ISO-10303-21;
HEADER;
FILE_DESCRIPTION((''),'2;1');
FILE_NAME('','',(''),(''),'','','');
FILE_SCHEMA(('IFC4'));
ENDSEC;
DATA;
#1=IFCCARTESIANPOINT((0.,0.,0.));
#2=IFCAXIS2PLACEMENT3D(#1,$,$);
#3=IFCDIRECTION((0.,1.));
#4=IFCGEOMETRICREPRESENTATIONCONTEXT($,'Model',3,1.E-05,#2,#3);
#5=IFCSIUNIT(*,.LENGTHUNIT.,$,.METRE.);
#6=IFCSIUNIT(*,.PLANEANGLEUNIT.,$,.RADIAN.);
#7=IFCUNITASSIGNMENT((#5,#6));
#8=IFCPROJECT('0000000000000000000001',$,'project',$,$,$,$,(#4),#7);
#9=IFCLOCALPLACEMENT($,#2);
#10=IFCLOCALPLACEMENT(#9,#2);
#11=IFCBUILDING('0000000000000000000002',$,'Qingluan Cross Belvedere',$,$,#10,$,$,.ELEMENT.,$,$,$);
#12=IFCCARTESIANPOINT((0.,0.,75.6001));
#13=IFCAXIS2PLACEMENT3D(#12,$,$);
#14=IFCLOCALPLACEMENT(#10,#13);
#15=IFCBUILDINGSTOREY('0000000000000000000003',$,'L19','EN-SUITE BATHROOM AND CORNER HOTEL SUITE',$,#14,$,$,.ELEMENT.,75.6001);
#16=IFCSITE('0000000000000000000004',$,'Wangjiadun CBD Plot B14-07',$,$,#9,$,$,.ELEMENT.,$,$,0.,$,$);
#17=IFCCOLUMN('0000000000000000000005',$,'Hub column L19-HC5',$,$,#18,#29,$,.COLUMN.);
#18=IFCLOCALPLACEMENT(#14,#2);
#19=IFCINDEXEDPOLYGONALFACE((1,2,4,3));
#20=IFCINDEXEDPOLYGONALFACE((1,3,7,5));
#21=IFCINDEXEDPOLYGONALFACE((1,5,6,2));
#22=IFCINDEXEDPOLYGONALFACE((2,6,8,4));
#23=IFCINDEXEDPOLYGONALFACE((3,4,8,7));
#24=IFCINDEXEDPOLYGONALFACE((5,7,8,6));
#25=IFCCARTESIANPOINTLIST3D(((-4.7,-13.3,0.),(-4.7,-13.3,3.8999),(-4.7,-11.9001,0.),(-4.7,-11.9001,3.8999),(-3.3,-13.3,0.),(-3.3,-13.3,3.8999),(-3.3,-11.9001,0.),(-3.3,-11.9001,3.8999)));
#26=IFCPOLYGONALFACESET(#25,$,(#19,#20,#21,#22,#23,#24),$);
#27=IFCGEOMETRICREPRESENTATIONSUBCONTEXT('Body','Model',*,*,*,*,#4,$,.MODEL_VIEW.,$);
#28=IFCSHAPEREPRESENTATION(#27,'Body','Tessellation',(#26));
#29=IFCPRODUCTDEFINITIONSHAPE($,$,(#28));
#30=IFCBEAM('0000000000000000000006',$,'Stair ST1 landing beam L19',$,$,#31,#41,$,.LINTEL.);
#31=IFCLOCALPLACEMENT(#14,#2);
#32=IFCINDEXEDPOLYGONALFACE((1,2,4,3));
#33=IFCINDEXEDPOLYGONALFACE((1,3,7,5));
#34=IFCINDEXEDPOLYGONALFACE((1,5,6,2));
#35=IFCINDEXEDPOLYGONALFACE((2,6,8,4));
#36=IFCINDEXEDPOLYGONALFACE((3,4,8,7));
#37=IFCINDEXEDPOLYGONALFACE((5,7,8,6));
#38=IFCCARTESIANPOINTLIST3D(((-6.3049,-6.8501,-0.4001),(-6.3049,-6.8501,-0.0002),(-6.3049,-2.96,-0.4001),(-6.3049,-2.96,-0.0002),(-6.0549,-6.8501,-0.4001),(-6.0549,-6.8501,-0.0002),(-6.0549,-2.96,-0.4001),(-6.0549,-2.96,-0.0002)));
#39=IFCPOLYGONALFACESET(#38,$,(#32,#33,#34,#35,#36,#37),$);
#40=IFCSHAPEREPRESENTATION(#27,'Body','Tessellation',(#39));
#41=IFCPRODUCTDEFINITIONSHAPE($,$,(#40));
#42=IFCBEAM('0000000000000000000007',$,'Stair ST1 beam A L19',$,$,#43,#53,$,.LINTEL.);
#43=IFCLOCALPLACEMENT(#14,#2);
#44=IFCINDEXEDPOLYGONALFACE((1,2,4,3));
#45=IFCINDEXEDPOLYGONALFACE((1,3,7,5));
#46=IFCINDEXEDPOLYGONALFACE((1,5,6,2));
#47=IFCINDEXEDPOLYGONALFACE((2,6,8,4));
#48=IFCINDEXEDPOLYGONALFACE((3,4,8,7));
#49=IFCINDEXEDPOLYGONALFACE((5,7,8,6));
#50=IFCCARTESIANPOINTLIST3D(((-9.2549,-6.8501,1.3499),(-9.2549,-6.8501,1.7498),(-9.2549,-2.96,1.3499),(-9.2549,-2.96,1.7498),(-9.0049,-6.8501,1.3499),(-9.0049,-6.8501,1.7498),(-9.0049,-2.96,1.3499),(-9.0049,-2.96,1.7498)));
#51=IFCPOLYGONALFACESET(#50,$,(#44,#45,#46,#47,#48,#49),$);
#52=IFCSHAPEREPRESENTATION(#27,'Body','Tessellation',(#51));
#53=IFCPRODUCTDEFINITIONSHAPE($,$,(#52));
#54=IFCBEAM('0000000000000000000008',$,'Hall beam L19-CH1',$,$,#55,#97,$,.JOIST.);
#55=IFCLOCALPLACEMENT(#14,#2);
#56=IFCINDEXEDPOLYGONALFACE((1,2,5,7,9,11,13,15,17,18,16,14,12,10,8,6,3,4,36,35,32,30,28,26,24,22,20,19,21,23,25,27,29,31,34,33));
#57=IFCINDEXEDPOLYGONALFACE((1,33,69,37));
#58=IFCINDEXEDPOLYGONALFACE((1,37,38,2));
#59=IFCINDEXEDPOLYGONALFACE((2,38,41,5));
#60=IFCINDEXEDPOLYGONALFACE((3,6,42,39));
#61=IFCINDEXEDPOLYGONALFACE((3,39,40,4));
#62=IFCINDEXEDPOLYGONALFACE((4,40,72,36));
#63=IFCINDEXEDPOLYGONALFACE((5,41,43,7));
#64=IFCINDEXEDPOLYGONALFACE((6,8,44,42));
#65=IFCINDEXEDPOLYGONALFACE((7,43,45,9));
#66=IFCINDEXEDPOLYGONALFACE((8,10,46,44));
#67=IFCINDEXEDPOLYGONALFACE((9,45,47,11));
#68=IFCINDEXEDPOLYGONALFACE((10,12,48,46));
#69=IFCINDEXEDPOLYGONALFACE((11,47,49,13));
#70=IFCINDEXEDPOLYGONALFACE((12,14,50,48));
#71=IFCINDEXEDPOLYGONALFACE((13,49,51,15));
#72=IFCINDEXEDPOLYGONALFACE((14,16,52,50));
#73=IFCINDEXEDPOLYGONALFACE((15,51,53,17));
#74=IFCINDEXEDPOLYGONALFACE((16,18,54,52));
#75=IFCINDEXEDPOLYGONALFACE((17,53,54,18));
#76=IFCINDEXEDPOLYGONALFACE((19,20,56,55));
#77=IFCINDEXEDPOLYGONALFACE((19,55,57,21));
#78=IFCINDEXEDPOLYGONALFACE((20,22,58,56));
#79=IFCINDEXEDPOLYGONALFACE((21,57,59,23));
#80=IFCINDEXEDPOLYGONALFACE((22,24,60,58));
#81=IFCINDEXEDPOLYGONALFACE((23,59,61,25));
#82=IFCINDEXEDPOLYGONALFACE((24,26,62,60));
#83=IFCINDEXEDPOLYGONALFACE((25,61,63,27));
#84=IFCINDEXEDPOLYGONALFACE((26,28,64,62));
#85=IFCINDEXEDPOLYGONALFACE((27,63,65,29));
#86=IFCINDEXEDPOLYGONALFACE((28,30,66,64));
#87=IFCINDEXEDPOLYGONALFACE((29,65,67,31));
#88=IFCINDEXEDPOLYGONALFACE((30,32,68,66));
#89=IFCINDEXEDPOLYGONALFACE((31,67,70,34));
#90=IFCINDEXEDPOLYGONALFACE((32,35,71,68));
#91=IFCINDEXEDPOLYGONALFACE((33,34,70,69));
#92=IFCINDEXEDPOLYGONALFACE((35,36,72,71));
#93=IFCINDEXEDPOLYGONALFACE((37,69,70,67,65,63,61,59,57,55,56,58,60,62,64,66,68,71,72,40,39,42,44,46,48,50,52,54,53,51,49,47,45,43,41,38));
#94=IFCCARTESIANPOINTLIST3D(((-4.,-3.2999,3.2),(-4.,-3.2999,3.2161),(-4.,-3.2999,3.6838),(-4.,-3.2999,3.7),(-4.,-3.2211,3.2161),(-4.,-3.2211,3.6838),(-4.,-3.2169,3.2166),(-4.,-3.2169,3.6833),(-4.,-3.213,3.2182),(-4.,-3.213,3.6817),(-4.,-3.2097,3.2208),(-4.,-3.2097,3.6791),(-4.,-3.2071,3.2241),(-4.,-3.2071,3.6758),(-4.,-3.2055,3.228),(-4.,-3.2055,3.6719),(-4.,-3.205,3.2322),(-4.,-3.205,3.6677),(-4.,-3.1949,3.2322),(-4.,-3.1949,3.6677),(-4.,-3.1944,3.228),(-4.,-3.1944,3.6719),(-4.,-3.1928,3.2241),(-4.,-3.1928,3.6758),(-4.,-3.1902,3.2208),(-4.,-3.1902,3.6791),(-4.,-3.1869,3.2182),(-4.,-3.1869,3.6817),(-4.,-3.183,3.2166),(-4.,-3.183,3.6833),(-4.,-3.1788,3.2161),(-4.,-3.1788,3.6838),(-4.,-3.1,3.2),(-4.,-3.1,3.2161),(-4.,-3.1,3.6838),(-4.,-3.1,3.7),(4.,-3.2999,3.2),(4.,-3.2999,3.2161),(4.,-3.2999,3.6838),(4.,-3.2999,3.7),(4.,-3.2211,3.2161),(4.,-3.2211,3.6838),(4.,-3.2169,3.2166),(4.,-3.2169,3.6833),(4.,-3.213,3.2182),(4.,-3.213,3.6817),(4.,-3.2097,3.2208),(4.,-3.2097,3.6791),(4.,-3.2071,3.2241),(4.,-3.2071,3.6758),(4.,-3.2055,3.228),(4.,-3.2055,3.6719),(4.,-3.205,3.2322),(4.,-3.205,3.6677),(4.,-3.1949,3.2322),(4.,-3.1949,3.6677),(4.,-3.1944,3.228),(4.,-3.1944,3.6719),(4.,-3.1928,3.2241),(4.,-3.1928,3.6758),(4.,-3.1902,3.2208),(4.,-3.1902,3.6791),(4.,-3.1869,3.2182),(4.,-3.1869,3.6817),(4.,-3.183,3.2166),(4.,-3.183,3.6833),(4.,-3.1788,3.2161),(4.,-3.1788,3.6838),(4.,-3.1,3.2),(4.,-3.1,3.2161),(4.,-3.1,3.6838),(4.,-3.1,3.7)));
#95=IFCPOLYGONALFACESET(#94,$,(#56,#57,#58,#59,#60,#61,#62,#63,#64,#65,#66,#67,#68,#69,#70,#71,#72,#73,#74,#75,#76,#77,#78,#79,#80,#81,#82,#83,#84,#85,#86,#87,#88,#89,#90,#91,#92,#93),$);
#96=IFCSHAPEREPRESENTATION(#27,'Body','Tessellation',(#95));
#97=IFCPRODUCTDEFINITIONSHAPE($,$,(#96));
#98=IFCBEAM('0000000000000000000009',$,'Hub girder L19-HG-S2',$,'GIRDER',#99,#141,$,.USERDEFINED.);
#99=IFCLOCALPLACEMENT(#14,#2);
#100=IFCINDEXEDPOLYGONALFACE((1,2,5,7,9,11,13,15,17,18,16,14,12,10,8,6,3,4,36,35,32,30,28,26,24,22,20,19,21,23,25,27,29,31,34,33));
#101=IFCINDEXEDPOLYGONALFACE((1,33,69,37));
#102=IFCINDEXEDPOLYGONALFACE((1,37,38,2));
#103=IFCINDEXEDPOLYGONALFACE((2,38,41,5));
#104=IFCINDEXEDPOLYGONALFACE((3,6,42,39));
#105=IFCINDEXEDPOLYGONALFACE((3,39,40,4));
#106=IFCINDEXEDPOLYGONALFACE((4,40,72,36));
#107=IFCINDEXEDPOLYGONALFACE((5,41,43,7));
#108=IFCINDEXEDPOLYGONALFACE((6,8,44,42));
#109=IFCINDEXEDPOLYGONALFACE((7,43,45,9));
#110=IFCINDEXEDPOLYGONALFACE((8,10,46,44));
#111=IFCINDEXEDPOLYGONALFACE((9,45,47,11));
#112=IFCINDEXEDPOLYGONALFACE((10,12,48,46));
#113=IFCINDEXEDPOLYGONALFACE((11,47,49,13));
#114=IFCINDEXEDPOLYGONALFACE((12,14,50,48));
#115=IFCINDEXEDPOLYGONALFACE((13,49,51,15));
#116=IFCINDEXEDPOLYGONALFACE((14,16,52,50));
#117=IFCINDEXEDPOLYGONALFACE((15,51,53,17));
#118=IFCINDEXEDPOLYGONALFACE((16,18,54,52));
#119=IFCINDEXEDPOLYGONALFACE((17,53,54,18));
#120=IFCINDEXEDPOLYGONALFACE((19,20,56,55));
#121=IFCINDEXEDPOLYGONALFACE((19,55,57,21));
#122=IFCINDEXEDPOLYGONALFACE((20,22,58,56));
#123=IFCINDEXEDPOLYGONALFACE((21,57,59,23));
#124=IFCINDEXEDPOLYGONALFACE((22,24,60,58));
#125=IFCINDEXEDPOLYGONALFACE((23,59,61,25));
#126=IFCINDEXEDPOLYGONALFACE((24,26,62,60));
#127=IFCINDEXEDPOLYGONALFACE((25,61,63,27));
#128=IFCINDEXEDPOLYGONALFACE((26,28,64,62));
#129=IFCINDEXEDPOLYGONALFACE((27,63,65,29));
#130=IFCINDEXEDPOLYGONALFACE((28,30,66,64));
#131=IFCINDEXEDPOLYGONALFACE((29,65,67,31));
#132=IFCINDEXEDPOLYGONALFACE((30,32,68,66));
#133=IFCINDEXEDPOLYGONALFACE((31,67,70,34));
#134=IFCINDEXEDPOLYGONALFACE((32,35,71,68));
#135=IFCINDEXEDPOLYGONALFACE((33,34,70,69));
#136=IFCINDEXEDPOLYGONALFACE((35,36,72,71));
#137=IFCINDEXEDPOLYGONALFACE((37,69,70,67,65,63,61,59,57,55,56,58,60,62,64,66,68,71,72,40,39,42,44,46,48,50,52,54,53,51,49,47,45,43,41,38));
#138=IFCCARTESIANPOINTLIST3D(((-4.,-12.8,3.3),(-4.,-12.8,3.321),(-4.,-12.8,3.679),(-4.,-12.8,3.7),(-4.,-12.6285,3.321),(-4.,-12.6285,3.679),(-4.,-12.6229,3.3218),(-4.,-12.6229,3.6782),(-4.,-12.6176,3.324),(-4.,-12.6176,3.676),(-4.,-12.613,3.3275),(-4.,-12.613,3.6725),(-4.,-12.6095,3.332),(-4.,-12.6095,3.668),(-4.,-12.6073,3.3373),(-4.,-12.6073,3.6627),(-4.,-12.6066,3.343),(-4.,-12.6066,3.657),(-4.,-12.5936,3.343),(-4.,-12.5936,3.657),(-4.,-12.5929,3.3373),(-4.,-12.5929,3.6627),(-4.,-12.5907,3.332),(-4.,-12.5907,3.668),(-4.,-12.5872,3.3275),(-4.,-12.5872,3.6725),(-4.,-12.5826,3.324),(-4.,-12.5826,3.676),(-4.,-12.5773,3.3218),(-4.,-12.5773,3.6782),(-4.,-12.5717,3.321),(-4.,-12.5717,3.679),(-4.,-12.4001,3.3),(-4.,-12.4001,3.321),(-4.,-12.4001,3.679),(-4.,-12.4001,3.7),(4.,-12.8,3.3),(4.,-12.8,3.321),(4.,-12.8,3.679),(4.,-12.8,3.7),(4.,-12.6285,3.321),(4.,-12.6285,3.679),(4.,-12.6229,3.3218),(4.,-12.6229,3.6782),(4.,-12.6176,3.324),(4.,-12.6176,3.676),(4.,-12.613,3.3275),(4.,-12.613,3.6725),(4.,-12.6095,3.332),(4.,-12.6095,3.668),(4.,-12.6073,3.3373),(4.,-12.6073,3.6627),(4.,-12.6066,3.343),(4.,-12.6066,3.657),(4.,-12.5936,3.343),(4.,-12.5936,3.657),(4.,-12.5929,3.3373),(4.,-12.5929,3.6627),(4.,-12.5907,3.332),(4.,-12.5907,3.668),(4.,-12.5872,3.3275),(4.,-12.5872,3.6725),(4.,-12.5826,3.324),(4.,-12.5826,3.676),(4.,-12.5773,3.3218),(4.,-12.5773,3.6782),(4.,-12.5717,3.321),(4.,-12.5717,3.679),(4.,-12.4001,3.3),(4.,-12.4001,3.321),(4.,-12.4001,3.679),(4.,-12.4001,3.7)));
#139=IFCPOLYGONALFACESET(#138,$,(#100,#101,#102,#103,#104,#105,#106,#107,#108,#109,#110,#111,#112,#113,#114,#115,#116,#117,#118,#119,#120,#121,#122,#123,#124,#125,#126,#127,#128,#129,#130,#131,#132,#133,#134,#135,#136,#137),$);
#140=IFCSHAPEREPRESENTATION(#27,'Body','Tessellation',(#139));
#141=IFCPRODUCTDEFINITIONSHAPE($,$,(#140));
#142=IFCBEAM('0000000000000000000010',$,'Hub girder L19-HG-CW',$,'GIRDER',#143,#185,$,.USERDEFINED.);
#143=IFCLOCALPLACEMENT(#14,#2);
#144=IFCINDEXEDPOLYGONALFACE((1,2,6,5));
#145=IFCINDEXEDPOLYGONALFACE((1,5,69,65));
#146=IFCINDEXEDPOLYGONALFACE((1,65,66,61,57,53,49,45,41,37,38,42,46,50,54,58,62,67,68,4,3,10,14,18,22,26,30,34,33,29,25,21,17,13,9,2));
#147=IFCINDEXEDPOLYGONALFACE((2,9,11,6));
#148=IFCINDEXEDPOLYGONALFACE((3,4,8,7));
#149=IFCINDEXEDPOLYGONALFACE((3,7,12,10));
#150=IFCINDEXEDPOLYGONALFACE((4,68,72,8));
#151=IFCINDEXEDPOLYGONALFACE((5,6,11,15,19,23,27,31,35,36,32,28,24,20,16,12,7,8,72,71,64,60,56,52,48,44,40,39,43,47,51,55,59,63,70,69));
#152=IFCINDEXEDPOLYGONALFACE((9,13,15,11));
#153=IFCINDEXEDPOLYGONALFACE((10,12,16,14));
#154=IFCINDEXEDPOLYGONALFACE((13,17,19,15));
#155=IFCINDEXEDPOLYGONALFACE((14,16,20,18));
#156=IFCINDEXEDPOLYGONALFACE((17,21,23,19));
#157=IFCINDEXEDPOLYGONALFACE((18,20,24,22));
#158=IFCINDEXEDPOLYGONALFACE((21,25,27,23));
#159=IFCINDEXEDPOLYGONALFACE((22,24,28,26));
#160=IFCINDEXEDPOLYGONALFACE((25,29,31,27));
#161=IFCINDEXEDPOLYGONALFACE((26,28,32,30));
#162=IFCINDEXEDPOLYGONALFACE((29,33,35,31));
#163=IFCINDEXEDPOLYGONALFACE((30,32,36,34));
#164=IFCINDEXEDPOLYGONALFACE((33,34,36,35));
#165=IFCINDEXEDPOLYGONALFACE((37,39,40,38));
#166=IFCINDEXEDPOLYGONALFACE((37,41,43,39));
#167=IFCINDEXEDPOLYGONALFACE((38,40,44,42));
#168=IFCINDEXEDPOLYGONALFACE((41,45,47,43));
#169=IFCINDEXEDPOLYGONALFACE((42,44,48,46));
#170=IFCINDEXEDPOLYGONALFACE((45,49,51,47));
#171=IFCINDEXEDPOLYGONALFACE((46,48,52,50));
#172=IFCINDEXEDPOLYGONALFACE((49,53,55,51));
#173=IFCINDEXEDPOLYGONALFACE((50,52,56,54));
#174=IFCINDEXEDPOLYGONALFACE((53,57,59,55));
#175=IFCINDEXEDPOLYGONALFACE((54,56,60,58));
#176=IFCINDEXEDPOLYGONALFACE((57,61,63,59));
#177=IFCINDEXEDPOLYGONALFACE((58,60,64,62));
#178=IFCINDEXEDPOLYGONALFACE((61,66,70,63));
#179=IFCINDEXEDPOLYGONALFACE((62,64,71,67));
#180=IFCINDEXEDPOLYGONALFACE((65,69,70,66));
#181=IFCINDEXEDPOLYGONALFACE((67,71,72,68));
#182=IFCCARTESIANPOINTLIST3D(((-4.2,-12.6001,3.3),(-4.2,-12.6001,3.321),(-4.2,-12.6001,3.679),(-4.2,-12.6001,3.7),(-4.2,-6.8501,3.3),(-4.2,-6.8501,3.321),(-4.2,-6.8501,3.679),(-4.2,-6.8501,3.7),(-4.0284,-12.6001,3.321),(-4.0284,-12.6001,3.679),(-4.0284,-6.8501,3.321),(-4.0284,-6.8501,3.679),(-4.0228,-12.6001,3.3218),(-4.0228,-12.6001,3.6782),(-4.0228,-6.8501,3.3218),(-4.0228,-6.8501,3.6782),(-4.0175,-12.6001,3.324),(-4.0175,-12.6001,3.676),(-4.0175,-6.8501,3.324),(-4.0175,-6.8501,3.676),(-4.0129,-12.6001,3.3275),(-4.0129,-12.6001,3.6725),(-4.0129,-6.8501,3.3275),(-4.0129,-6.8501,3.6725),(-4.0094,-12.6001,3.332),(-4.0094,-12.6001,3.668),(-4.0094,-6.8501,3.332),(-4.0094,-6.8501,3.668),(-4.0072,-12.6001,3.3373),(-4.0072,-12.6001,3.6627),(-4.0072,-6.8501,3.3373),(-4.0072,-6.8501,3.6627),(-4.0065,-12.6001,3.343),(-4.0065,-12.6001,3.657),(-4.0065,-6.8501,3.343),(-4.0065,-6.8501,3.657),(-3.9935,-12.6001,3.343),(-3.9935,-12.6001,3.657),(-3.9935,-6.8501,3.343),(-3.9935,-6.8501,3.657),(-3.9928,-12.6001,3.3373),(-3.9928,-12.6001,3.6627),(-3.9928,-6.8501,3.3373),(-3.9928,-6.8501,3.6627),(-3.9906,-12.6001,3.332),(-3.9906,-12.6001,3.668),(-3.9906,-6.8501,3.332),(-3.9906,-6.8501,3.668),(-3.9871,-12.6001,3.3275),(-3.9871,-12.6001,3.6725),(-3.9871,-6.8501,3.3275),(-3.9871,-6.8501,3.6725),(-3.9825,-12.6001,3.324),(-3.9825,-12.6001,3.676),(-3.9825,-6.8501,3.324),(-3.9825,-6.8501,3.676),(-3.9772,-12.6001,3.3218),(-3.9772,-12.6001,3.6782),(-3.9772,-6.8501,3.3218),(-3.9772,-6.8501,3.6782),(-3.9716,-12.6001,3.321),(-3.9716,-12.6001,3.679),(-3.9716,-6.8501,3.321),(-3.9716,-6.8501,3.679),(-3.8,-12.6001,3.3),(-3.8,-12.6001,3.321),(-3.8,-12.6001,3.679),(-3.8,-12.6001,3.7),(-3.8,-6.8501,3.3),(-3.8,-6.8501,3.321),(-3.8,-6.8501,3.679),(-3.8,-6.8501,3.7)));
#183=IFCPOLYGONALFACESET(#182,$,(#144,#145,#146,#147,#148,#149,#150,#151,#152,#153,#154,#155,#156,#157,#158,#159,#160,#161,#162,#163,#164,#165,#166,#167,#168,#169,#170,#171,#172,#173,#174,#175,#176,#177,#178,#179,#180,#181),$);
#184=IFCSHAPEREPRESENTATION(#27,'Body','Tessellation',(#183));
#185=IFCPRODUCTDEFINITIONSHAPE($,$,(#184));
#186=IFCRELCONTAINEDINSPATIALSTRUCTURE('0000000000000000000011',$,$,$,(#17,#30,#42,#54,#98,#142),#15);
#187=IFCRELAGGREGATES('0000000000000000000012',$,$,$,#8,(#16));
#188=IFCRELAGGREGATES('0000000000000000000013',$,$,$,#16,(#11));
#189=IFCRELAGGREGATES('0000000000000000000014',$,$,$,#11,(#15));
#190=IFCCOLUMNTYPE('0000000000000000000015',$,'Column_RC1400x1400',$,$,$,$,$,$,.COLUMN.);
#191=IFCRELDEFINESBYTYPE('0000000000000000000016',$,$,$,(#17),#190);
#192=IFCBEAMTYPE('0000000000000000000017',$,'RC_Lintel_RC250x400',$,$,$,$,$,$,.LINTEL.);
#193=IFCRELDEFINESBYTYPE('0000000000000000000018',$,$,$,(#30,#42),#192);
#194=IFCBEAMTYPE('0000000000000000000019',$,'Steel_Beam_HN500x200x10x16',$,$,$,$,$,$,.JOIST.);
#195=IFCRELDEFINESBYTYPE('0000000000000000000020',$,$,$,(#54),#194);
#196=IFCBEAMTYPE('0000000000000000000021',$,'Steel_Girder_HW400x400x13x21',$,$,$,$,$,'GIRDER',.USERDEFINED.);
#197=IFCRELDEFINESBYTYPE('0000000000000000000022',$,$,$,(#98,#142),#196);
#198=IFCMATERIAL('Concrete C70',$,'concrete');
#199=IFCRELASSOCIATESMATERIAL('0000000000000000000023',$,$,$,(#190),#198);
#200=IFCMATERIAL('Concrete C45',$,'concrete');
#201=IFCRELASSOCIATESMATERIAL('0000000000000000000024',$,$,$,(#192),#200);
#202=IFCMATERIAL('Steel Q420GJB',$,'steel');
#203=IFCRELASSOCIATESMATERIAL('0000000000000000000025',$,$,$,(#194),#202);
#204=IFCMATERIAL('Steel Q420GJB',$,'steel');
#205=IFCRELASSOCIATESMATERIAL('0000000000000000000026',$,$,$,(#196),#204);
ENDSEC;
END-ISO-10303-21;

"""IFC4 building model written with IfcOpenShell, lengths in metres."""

from ifc_helpers import new_model, si_unit, direction, frame, origin, origin_2d, place, context, subcontext, project, spatial, rectangle, i_section, extrude, material, material_profile, profile_set, type_object, element, save


model = new_model("IFC4")

# Units and contexts
model_context = context("Model", 3, precision=1e-05, world=origin(), true_north=direction((0.0, 1.0)))
body_context = subcontext(model_context, "Body", "Model", "MODEL_VIEW")
ifc_project = project(units=[si_unit("LENGTHUNIT", "METRE"), si_unit("PLANEANGLEUNIT", "RADIAN")], contexts=[model_context])

# Site, building, storey
site_placement = place(None, origin())
site = spatial("IfcSite", under=ifc_project, at=site_placement, Name="Wangjiadun CBD Plot B14-07", CompositionType="ELEMENT", RefElevation=0.0)
building_placement = place(site_placement, origin())
building = spatial("IfcBuilding", under=site, at=building_placement, Name="Qingluan Cross Belvedere", CompositionType="ELEMENT")
storey_placement = place(building_placement, frame((0.0, 0.0, 75.6001)))
storey = spatial("IfcBuildingStorey", under=building, at=storey_placement, Name="L19", Description="EN-SUITE BATHROOM AND CORNER HOTEL SUITE", CompositionType="ELEMENT", Elevation=75.6001)

# Column
ifc_material_1 = material(Name="Concrete C70", Category="concrete")
ifc_material_profile_1 = material_profile(ifc_material_1, rectangle(XDim=1.3999, YDim=1.3999, at=origin_2d()), Name="RC1400x1400")
ifc_profile_set_1 = profile_set([ifc_material_profile_1], Name="Concrete C70")
column_type = type_object("IfcColumnType", Name="Column_RC1400x1400", PredefinedType="COLUMN", material=ifc_profile_set_1)
column_placement = place(storey_placement, frame((-4.0, -12.6001, 0.0), z_axis=(0.0, 0.0, 1.0), x_axis=(1.0, 0.0, 0.0)))
element("IfcColumn", 1, at=column_placement, inside=storey, type_object=column_type, Name="Hub column L19-HC5", PredefinedType="COLUMN", context=body_context, shape_type="SweptSolid", body=[
    extrude(rectangle(XDim=1.3999, YDim=1.3999, at=origin_2d()), origin(), (0.0, 0.0, 1.0), 3.8999),
])

# Beams
ifc_material_2 = material(Name="Concrete C45", Category="concrete")
ifc_material_profile_2 = material_profile(ifc_material_2, rectangle(XDim=0.25, YDim=0.3999, at=origin_2d()), Name="RC250x400")
ifc_profile_set_2 = profile_set([ifc_material_profile_2], Name="Concrete C45")
beam_type_1 = type_object("IfcBeamType", Name="RC_Lintel_RC250x400", PredefinedType="LINTEL", material=ifc_profile_set_2)
for number, where, z_axis, x_axis, name in (
    (2, (-6.1799, -6.8501, -0.2002), (0.0, 1.0, 0.0), (-1.0, 0.0, 0.0), "Stair ST1 landing beam L19"),
    (3, (-9.1299, -6.8501, 1.5498), (0.0, 1.0, 0.0), (-1.0, 0.0, 0.0), "Stair ST1 beam A L19"),
):
    element("IfcBeam", number, at=place(storey_placement, frame(where, z_axis=z_axis, x_axis=x_axis)), inside=storey, type_object=beam_type_1, Name=name, PredefinedType="LINTEL", context=body_context, shape_type="SweptSolid", body=[
        extrude(rectangle(XDim=0.25, YDim=0.3999, at=origin_2d()), origin(), (0.0, 0.0, 1.0), 3.8901),
    ])
ifc_material_3 = material(Name="Steel Q420GJB", Category="steel")
ifc_material_profile_3 = material_profile(ifc_material_3, i_section(OverallWidth=0.2, OverallDepth=0.5, WebThickness=0.01, FlangeThickness=0.0161, FilletRadius=0.0161, at=origin_2d()), Name="HN500x200x10x16")
ifc_profile_set_3 = profile_set([ifc_material_profile_3], Name="Steel Q420GJB")
beam_type_2 = type_object("IfcBeamType", Name="Steel_Beam_HN500x200x10x16", PredefinedType="JOIST", material=ifc_profile_set_3)
beam_1_placement = place(storey_placement, frame((-4.0, -3.2, 3.45), z_axis=(1.0, 0.0, 0.0), x_axis=(0.0, 1.0, 0.0)))
element("IfcBeam", 4, at=beam_1_placement, inside=storey, type_object=beam_type_2, Name="Hall beam L19-CH1", PredefinedType="JOIST", context=body_context, shape_type="SweptSolid", body=[
    extrude(i_section(OverallWidth=0.2, OverallDepth=0.5, WebThickness=0.01, FlangeThickness=0.0161, FilletRadius=0.0161, at=origin_2d()), origin(), (0.0, 0.0, 1.0), 8.0),
])
ifc_material_4 = material(Name="Steel Q420GJB", Category="steel")
ifc_material_profile_4 = material_profile(ifc_material_4, i_section(OverallWidth=0.3999, OverallDepth=0.3999, WebThickness=0.0129, FlangeThickness=0.021, FilletRadius=0.022, at=origin_2d()), Name="HW400x400x13x21")
ifc_profile_set_4 = profile_set([ifc_material_profile_4], Name="Steel Q420GJB")
beam_type_3 = type_object("IfcBeamType", Name="Steel_Girder_HW400x400x13x21", ElementType="GIRDER", PredefinedType="USERDEFINED", material=ifc_profile_set_4)
beam_2_placement = place(storey_placement, frame((-4.0, -12.6001, 3.5), z_axis=(1.0, 0.0, 0.0), x_axis=(0.0, 1.0, 0.0)))
element("IfcBeam", 5, at=beam_2_placement, inside=storey, type_object=beam_type_3, Name="Hub girder L19-HG-S2", ObjectType="GIRDER", PredefinedType="USERDEFINED", context=body_context, shape_type="SweptSolid", body=[
    extrude(i_section(OverallWidth=0.3999, OverallDepth=0.3999, WebThickness=0.0129, FlangeThickness=0.021, FilletRadius=0.022, at=origin_2d()), origin(), (0.0, 0.0, 1.0), 8.0),
])
beam_3_placement = place(storey_placement, frame((-4.0, -12.6001, 3.5), z_axis=(0.0, 1.0, 0.0), x_axis=(-1.0, 0.0, 0.0)))
element("IfcBeam", 6, at=beam_3_placement, inside=storey, type_object=beam_type_3, Name="Hub girder L19-HG-CW", ObjectType="GIRDER", PredefinedType="USERDEFINED", context=body_context, shape_type="SweptSolid", body=[
    extrude(i_section(OverallWidth=0.3999, OverallDepth=0.3999, WebThickness=0.0129, FlangeThickness=0.021, FilletRadius=0.022, at=origin_2d()), origin(), (0.0, 0.0, 1.0), 5.75),
])

save(model, "model.ifc")
